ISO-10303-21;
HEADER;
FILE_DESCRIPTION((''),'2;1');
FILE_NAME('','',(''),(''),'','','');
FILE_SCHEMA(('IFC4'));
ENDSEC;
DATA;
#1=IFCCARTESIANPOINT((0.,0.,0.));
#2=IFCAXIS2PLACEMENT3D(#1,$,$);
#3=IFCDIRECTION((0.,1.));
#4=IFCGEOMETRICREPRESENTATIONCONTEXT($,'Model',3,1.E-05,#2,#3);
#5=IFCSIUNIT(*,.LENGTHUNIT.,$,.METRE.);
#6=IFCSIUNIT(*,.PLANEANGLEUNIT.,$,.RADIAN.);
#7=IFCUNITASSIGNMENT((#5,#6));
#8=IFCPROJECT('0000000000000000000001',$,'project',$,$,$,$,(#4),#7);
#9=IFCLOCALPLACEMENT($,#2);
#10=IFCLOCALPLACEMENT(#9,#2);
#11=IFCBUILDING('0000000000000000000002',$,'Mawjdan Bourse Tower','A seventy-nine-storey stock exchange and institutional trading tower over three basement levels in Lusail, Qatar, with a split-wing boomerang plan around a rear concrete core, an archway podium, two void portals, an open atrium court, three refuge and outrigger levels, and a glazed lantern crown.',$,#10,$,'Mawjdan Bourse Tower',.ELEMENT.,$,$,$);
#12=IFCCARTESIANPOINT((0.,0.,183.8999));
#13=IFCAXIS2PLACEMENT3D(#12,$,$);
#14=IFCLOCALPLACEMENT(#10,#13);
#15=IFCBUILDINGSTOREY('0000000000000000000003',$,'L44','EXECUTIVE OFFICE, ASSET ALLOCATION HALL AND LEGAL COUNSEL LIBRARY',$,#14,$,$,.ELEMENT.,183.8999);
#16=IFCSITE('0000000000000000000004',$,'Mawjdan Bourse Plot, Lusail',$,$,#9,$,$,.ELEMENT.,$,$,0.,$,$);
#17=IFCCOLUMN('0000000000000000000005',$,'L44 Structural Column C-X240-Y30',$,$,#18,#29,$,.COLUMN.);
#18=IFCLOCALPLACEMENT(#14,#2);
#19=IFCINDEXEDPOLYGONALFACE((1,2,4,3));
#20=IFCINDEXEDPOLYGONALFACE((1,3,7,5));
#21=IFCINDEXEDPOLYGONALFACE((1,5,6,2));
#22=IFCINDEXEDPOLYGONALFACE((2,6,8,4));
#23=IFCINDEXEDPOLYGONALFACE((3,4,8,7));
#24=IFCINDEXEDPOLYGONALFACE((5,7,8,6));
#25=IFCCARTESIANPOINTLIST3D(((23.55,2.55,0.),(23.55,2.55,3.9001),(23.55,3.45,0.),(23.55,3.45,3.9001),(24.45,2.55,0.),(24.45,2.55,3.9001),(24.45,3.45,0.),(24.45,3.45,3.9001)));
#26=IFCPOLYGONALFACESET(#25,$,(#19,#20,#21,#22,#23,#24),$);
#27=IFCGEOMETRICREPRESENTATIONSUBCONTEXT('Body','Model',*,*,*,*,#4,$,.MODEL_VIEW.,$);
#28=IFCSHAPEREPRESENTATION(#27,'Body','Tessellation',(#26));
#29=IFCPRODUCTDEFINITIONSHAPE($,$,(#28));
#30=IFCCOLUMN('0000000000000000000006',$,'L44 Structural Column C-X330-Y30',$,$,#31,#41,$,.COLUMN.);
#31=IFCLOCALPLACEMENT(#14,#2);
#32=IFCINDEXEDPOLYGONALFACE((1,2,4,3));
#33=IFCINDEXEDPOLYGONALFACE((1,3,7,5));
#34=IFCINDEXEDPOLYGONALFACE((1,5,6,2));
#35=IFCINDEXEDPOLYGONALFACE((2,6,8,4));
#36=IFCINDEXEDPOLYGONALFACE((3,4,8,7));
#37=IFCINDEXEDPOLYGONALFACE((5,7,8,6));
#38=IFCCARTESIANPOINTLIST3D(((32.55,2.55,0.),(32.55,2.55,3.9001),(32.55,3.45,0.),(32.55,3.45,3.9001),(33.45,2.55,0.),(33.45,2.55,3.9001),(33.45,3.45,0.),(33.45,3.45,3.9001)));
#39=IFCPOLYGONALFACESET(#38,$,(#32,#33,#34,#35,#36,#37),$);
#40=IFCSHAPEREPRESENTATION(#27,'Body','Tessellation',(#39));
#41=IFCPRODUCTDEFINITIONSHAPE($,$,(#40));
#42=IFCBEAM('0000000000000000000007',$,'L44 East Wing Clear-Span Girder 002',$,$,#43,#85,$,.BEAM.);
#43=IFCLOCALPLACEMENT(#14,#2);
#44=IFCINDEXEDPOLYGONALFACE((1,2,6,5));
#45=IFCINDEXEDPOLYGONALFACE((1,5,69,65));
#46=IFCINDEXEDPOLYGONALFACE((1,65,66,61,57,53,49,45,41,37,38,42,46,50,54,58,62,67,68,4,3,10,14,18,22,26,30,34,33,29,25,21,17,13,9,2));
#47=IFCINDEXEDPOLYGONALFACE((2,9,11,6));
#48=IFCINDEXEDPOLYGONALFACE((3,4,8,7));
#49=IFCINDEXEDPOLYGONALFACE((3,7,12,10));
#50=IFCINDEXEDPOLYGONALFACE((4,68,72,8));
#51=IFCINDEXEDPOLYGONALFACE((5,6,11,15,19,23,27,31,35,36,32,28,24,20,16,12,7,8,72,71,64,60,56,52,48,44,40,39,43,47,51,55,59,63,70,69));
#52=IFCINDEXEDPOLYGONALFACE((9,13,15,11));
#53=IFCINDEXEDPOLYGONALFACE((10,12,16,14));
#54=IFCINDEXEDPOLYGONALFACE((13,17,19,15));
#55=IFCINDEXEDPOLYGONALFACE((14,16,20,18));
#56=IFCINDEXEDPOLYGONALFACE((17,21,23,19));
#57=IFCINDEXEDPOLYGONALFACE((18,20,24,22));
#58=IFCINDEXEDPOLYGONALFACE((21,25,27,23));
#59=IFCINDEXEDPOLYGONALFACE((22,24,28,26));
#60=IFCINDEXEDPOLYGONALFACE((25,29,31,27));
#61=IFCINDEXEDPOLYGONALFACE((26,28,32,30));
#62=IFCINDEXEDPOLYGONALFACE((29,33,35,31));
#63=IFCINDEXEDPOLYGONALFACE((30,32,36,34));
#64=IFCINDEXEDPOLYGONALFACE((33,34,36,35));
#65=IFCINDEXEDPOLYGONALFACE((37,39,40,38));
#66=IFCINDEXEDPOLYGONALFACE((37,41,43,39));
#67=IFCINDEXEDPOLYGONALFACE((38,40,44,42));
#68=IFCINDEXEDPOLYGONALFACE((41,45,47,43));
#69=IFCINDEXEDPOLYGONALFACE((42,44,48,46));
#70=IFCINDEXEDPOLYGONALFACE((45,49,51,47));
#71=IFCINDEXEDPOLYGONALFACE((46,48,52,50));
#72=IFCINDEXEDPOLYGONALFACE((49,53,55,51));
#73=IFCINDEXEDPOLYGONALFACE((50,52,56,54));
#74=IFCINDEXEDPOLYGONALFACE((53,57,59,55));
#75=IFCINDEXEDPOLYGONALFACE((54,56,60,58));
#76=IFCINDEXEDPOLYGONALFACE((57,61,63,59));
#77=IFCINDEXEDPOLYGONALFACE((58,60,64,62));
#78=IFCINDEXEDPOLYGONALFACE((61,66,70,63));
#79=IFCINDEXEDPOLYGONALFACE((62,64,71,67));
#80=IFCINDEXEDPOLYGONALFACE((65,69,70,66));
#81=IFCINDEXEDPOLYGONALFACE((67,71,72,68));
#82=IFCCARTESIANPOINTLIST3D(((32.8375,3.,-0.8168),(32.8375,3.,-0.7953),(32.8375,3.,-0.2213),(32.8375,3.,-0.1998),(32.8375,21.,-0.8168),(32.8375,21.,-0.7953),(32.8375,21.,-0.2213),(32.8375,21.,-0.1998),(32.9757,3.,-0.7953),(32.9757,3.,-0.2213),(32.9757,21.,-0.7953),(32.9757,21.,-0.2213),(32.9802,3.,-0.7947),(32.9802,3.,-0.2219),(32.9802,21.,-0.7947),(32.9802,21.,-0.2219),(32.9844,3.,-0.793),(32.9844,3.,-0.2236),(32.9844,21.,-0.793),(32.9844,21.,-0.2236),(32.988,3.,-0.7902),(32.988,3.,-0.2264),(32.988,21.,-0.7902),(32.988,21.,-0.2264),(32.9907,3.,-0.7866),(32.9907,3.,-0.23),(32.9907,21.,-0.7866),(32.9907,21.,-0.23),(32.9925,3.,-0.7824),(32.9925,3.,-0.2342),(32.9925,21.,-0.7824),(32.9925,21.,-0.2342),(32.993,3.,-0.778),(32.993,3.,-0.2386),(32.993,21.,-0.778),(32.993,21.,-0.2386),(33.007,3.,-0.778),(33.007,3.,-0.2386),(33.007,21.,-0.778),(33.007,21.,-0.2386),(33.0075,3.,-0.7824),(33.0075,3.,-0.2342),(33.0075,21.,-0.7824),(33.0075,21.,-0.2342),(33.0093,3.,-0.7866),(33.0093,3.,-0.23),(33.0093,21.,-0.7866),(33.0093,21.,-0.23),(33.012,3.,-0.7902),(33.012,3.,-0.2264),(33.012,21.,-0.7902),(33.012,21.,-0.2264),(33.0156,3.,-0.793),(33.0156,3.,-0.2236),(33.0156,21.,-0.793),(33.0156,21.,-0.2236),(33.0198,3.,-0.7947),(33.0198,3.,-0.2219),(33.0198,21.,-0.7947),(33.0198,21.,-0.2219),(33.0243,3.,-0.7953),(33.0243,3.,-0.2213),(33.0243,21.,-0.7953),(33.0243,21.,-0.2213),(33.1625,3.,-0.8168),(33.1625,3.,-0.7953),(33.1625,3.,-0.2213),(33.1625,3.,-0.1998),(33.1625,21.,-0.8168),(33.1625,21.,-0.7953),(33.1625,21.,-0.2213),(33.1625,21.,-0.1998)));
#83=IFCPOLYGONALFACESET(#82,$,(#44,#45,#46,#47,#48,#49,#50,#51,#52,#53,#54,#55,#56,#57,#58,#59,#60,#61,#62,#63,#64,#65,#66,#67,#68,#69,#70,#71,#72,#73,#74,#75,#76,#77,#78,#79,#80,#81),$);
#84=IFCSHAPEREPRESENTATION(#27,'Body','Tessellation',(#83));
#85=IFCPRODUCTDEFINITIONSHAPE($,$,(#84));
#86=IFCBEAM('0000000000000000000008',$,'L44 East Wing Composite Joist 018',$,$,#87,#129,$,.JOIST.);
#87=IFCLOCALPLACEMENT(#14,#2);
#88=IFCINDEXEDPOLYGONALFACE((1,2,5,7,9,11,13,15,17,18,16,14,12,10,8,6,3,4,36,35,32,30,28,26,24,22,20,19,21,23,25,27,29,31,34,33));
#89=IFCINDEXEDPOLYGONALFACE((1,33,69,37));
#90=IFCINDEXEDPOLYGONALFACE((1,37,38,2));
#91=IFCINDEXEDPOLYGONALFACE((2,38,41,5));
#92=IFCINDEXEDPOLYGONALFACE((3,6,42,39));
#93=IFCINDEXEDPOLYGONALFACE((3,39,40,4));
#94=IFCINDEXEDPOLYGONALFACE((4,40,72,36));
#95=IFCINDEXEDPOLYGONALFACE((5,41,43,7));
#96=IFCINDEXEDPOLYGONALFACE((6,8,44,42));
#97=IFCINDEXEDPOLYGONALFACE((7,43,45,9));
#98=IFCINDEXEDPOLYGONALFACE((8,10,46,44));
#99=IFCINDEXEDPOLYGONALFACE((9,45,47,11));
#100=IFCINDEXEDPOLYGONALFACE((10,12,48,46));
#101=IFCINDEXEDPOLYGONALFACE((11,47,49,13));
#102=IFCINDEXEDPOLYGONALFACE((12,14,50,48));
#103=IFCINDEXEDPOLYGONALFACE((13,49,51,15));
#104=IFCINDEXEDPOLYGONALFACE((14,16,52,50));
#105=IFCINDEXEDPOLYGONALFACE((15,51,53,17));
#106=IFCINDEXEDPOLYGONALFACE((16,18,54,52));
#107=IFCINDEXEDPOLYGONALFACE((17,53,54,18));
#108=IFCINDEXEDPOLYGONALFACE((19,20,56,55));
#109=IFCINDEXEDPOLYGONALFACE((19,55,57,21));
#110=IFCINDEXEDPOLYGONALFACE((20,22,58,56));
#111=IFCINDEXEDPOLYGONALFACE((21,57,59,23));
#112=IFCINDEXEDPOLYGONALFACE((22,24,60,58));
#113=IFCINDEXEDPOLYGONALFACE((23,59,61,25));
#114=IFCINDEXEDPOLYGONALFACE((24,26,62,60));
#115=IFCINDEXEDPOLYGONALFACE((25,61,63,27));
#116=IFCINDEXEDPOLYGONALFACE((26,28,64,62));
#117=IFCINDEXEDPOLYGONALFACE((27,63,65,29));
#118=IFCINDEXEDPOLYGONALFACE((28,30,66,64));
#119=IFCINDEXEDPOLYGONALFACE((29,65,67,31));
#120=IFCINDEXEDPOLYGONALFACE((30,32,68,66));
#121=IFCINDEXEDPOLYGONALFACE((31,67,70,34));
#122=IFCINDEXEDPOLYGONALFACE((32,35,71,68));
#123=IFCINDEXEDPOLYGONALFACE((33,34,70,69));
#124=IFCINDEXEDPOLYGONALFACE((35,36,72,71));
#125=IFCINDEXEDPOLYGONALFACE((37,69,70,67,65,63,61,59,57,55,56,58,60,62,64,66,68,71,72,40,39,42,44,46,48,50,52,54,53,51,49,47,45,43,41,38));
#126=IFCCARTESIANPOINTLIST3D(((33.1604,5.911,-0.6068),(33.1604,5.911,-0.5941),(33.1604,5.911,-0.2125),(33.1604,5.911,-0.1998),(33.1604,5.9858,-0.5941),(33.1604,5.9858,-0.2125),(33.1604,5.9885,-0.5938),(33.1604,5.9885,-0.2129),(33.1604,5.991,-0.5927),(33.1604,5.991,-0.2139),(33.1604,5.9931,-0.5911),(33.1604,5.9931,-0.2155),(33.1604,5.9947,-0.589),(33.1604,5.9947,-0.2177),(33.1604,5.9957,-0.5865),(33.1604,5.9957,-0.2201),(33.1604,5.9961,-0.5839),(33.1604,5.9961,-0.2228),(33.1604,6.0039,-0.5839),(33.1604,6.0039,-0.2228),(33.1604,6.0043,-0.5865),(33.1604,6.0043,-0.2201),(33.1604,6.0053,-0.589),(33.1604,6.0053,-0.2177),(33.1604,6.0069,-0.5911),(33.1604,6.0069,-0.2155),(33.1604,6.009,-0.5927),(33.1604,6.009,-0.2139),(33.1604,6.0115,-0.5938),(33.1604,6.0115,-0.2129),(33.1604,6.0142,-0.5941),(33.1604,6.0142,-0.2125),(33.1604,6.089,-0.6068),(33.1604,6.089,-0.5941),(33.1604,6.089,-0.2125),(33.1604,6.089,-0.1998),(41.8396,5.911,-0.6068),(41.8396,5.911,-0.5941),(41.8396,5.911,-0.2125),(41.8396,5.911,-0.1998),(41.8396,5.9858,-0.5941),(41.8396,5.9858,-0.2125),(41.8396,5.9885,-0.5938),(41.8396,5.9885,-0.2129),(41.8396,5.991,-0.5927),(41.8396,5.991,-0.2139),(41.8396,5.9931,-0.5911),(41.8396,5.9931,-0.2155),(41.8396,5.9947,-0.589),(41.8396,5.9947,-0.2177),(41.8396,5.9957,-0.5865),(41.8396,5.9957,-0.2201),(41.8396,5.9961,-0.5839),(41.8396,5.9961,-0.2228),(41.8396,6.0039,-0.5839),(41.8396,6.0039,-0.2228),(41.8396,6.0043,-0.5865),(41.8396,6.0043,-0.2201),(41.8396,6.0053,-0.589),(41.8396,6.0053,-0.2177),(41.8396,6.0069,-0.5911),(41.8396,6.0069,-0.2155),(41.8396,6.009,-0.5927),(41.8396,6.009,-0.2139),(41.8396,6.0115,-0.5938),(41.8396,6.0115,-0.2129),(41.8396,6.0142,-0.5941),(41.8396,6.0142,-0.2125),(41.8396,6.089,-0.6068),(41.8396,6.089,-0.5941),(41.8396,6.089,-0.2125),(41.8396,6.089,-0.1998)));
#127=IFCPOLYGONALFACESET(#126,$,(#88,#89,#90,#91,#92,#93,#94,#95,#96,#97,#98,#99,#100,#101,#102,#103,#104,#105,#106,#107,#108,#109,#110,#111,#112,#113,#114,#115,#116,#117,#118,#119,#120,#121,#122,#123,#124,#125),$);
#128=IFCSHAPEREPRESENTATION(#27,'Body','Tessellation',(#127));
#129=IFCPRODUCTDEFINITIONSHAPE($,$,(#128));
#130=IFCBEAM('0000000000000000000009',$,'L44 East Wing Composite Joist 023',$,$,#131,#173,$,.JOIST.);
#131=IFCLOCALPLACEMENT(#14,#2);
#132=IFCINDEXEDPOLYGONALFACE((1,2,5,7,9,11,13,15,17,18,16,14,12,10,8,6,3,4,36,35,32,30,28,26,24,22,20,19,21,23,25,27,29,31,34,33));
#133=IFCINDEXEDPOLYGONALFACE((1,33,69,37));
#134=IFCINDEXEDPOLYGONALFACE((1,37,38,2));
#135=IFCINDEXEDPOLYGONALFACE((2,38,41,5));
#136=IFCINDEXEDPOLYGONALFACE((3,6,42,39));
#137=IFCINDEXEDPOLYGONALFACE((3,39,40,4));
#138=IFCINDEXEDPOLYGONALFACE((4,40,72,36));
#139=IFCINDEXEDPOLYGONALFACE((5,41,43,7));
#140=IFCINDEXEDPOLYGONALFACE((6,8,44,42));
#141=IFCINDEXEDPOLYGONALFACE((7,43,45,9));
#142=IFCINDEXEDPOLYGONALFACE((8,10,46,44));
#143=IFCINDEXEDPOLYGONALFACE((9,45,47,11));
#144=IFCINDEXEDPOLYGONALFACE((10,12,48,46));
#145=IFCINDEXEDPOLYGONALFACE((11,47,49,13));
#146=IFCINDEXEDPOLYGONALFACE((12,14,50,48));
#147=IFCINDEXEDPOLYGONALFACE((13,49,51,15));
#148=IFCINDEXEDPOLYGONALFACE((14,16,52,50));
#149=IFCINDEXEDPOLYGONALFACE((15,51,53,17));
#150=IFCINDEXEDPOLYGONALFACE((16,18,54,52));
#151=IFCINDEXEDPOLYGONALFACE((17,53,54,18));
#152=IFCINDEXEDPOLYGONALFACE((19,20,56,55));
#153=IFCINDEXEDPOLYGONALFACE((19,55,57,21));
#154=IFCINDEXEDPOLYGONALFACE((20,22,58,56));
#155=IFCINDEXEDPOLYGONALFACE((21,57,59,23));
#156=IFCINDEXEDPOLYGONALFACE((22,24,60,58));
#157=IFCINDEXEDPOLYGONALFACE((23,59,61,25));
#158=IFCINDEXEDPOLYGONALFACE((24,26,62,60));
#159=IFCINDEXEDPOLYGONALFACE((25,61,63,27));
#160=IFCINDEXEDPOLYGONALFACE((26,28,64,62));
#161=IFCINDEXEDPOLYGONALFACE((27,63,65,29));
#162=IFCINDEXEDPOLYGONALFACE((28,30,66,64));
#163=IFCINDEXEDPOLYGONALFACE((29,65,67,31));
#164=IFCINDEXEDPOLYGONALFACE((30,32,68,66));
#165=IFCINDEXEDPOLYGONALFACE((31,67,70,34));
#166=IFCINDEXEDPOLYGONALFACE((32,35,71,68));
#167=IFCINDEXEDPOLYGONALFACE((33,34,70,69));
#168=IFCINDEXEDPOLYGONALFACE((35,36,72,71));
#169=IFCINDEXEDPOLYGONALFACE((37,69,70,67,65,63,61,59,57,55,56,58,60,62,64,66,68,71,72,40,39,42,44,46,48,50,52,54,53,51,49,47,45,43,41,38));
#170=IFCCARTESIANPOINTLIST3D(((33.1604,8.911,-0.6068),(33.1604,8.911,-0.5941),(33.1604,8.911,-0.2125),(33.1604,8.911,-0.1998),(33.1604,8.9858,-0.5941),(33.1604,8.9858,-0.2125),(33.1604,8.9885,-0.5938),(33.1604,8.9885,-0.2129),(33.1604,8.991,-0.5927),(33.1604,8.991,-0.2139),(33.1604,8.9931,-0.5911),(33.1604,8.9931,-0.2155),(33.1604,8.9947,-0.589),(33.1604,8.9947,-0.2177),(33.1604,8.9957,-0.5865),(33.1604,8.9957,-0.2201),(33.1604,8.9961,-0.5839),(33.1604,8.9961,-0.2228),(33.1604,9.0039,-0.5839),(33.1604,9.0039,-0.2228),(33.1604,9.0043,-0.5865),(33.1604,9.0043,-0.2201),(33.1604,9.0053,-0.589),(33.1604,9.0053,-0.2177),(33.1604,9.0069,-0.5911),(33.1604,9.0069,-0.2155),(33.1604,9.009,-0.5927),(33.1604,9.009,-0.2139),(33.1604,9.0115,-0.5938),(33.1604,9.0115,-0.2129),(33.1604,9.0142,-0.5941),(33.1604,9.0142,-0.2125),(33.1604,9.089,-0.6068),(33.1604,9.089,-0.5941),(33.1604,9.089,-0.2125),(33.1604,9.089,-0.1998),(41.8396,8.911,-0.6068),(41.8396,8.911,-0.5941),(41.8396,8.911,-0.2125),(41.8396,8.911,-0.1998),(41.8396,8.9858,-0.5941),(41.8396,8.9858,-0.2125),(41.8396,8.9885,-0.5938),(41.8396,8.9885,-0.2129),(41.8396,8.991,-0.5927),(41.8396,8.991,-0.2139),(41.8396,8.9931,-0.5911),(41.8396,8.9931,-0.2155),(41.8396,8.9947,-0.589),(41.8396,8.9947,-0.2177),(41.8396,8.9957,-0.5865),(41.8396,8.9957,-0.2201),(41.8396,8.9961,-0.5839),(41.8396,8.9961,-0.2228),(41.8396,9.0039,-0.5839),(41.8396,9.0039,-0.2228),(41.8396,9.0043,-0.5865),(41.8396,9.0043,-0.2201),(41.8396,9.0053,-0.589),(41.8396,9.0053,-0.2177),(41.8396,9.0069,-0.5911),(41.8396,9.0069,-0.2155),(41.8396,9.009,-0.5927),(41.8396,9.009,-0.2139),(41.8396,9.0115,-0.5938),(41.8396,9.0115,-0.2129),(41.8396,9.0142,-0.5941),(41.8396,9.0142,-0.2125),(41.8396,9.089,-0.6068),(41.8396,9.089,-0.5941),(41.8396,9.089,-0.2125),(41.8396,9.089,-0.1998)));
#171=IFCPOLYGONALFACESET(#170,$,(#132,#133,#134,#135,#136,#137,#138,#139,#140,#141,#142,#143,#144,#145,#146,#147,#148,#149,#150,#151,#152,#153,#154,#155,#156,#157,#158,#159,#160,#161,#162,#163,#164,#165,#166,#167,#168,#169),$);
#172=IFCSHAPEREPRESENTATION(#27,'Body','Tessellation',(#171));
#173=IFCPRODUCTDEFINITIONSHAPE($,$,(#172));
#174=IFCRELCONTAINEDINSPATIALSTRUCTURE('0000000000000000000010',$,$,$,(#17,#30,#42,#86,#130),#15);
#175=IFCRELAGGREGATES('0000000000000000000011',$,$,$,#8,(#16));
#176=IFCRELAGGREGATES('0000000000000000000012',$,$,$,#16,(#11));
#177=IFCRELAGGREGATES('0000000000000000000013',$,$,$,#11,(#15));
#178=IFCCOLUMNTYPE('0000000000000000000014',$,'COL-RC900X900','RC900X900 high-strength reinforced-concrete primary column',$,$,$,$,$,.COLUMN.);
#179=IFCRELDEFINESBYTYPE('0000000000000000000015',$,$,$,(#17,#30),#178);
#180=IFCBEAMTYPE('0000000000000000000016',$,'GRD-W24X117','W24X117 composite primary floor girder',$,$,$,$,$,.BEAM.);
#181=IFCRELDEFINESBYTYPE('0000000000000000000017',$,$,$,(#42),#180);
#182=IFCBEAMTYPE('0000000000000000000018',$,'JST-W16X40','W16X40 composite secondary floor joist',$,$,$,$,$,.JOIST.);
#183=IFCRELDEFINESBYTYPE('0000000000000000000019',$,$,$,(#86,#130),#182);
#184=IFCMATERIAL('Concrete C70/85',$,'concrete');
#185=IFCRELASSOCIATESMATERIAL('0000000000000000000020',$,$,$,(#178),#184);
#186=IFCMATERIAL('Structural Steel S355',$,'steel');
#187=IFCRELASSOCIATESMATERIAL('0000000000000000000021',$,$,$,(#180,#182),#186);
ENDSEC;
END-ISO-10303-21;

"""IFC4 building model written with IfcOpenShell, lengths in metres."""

from ifc_helpers import new_model, si_unit, direction, frame, origin, origin_2d, place, context, subcontext, project, spatial, rectangle, i_section, extrude, material, material_profile, profile_set, type_object, element, save


model = new_model("IFC4")

# Units and contexts
model_context = context("Model", 3, precision=1e-05, world=origin(), true_north=direction((0.0, 1.0)))
body_context = subcontext(model_context, "Body", "Model", "MODEL_VIEW")
ifc_project = project(units=[si_unit("LENGTHUNIT", "METRE"), si_unit("PLANEANGLEUNIT", "RADIAN")], contexts=[model_context])

# Site, building, storey
site_placement = place(None, origin())
site = spatial("IfcSite", under=ifc_project, at=site_placement, Name="Mawjdan Bourse Plot, Lusail", CompositionType="ELEMENT", RefElevation=0.0)
building_placement = place(site_placement, origin())
building = spatial("IfcBuilding", under=site, at=building_placement, Name="Mawjdan Bourse Tower", Description="A seventy-nine-storey stock exchange and institutional trading tower over three basement levels in Lusail, Qatar, with a split-wing boomerang plan around a rear concrete core, an archway podium, two void portals, an open atrium court, three refuge and outrigger levels, and a glazed lantern crown.", LongName="Mawjdan Bourse Tower", CompositionType="ELEMENT")
storey_placement = place(building_placement, frame((0.0, 0.0, 183.8999)))
storey = spatial("IfcBuildingStorey", under=building, at=storey_placement, Name="L44", Description="EXECUTIVE OFFICE, ASSET ALLOCATION HALL AND LEGAL COUNSEL LIBRARY", CompositionType="ELEMENT", Elevation=183.8999)

# Columns
ifc_material_1 = material(Name="Concrete C70/85", Category="concrete")
ifc_material_profile_1 = material_profile(ifc_material_1, rectangle(XDim=0.8999, YDim=0.8999, at=origin_2d()), Name="RC900X900")
ifc_profile_set_1 = profile_set([ifc_material_profile_1], Name="Concrete C70/85")
column_type = type_object("IfcColumnType", Name="COL-RC900X900", Description="RC900X900 high-strength reinforced-concrete primary column", PredefinedType="COLUMN", material=ifc_profile_set_1)
for number, where, z_axis, x_axis, name in (
    (1, (24.0, 3.0, 0.0), (0.0, 0.0, 1.0), (1.0, 0.0, 0.0), "L44 Structural Column C-X240-Y30"),
    (2, (33.0, 3.0, 0.0), (0.0, 0.0, 1.0), (1.0, 0.0, 0.0), "L44 Structural Column C-X330-Y30"),
):
    element("IfcColumn", number, at=place(storey_placement, frame(where, z_axis=z_axis, x_axis=x_axis)), inside=storey, type_object=column_type, Name=name, PredefinedType="COLUMN", context=body_context, shape_type="SweptSolid", body=[
        extrude(rectangle(XDim=0.8999, YDim=0.8999, at=origin_2d()), origin(), (0.0, 0.0, 1.0), 3.9001),
    ])

# Beams
ifc_material_2 = material(Name="Structural Steel S355", Category="steel")
ifc_material_profile_2 = material_profile(ifc_material_2, i_section(OverallWidth=0.325, OverallDepth=0.6169, WebThickness=0.0139, FlangeThickness=0.0215, FilletRadius=0.0173, at=origin_2d()), Name="W24X117")
ifc_profile_set_2 = profile_set([ifc_material_profile_2], Name="Structural Steel S355")
beam_type_1 = type_object("IfcBeamType", Name="GRD-W24X117", Description="W24X117 composite primary floor girder", PredefinedType="BEAM", material=ifc_profile_set_2)
beam_placement = place(storey_placement, frame((33.0, 3.0, -0.5083), z_axis=(0.0, 1.0, 0.0), x_axis=(-1.0, 0.0, 0.0)))
element("IfcBeam", 3, at=beam_placement, inside=storey, type_object=beam_type_1, Name="L44 East Wing Clear-Span Girder 002", PredefinedType="BEAM", context=body_context, shape_type="SweptSolid", body=[
    extrude(i_section(OverallWidth=0.325, OverallDepth=0.6169, WebThickness=0.0139, FlangeThickness=0.0215, FilletRadius=0.0173, at=origin_2d()), origin(), (0.0, 0.0, 1.0), 18.0),
])
ifc_material_profile_3 = material_profile(ifc_material_2, i_section(OverallWidth=0.178, OverallDepth=0.407, WebThickness=0.0078, FlangeThickness=0.0127, FilletRadius=0.0103, at=origin_2d()), Name="W16X40")
ifc_profile_set_3 = profile_set([ifc_material_profile_3], Name="Structural Steel S355")
beam_type_2 = type_object("IfcBeamType", Name="JST-W16X40", Description="W16X40 composite secondary floor joist", PredefinedType="JOIST", material=ifc_profile_set_3)
for number, where, z_axis, x_axis, name in (
    (4, (33.1604, 6.0, -0.4033), (1.0, 0.0, 0.0), (0.0, 1.0, 0.0), "L44 East Wing Composite Joist 018"),
    (5, (33.1604, 9.0, -0.4033), (1.0, 0.0, 0.0), (0.0, 1.0, 0.0), "L44 East Wing Composite Joist 023"),
):
    element("IfcBeam", number, at=place(storey_placement, frame(where, z_axis=z_axis, x_axis=x_axis)), inside=storey, type_object=beam_type_2, Name=name, PredefinedType="JOIST", context=body_context, shape_type="SweptSolid", body=[
        extrude(i_section(OverallWidth=0.178, OverallDepth=0.407, WebThickness=0.0078, FlangeThickness=0.0127, FilletRadius=0.0103, at=origin_2d()), origin(), (0.0, 0.0, 1.0), 8.6792),
    ])

save(model, "model.ifc")
